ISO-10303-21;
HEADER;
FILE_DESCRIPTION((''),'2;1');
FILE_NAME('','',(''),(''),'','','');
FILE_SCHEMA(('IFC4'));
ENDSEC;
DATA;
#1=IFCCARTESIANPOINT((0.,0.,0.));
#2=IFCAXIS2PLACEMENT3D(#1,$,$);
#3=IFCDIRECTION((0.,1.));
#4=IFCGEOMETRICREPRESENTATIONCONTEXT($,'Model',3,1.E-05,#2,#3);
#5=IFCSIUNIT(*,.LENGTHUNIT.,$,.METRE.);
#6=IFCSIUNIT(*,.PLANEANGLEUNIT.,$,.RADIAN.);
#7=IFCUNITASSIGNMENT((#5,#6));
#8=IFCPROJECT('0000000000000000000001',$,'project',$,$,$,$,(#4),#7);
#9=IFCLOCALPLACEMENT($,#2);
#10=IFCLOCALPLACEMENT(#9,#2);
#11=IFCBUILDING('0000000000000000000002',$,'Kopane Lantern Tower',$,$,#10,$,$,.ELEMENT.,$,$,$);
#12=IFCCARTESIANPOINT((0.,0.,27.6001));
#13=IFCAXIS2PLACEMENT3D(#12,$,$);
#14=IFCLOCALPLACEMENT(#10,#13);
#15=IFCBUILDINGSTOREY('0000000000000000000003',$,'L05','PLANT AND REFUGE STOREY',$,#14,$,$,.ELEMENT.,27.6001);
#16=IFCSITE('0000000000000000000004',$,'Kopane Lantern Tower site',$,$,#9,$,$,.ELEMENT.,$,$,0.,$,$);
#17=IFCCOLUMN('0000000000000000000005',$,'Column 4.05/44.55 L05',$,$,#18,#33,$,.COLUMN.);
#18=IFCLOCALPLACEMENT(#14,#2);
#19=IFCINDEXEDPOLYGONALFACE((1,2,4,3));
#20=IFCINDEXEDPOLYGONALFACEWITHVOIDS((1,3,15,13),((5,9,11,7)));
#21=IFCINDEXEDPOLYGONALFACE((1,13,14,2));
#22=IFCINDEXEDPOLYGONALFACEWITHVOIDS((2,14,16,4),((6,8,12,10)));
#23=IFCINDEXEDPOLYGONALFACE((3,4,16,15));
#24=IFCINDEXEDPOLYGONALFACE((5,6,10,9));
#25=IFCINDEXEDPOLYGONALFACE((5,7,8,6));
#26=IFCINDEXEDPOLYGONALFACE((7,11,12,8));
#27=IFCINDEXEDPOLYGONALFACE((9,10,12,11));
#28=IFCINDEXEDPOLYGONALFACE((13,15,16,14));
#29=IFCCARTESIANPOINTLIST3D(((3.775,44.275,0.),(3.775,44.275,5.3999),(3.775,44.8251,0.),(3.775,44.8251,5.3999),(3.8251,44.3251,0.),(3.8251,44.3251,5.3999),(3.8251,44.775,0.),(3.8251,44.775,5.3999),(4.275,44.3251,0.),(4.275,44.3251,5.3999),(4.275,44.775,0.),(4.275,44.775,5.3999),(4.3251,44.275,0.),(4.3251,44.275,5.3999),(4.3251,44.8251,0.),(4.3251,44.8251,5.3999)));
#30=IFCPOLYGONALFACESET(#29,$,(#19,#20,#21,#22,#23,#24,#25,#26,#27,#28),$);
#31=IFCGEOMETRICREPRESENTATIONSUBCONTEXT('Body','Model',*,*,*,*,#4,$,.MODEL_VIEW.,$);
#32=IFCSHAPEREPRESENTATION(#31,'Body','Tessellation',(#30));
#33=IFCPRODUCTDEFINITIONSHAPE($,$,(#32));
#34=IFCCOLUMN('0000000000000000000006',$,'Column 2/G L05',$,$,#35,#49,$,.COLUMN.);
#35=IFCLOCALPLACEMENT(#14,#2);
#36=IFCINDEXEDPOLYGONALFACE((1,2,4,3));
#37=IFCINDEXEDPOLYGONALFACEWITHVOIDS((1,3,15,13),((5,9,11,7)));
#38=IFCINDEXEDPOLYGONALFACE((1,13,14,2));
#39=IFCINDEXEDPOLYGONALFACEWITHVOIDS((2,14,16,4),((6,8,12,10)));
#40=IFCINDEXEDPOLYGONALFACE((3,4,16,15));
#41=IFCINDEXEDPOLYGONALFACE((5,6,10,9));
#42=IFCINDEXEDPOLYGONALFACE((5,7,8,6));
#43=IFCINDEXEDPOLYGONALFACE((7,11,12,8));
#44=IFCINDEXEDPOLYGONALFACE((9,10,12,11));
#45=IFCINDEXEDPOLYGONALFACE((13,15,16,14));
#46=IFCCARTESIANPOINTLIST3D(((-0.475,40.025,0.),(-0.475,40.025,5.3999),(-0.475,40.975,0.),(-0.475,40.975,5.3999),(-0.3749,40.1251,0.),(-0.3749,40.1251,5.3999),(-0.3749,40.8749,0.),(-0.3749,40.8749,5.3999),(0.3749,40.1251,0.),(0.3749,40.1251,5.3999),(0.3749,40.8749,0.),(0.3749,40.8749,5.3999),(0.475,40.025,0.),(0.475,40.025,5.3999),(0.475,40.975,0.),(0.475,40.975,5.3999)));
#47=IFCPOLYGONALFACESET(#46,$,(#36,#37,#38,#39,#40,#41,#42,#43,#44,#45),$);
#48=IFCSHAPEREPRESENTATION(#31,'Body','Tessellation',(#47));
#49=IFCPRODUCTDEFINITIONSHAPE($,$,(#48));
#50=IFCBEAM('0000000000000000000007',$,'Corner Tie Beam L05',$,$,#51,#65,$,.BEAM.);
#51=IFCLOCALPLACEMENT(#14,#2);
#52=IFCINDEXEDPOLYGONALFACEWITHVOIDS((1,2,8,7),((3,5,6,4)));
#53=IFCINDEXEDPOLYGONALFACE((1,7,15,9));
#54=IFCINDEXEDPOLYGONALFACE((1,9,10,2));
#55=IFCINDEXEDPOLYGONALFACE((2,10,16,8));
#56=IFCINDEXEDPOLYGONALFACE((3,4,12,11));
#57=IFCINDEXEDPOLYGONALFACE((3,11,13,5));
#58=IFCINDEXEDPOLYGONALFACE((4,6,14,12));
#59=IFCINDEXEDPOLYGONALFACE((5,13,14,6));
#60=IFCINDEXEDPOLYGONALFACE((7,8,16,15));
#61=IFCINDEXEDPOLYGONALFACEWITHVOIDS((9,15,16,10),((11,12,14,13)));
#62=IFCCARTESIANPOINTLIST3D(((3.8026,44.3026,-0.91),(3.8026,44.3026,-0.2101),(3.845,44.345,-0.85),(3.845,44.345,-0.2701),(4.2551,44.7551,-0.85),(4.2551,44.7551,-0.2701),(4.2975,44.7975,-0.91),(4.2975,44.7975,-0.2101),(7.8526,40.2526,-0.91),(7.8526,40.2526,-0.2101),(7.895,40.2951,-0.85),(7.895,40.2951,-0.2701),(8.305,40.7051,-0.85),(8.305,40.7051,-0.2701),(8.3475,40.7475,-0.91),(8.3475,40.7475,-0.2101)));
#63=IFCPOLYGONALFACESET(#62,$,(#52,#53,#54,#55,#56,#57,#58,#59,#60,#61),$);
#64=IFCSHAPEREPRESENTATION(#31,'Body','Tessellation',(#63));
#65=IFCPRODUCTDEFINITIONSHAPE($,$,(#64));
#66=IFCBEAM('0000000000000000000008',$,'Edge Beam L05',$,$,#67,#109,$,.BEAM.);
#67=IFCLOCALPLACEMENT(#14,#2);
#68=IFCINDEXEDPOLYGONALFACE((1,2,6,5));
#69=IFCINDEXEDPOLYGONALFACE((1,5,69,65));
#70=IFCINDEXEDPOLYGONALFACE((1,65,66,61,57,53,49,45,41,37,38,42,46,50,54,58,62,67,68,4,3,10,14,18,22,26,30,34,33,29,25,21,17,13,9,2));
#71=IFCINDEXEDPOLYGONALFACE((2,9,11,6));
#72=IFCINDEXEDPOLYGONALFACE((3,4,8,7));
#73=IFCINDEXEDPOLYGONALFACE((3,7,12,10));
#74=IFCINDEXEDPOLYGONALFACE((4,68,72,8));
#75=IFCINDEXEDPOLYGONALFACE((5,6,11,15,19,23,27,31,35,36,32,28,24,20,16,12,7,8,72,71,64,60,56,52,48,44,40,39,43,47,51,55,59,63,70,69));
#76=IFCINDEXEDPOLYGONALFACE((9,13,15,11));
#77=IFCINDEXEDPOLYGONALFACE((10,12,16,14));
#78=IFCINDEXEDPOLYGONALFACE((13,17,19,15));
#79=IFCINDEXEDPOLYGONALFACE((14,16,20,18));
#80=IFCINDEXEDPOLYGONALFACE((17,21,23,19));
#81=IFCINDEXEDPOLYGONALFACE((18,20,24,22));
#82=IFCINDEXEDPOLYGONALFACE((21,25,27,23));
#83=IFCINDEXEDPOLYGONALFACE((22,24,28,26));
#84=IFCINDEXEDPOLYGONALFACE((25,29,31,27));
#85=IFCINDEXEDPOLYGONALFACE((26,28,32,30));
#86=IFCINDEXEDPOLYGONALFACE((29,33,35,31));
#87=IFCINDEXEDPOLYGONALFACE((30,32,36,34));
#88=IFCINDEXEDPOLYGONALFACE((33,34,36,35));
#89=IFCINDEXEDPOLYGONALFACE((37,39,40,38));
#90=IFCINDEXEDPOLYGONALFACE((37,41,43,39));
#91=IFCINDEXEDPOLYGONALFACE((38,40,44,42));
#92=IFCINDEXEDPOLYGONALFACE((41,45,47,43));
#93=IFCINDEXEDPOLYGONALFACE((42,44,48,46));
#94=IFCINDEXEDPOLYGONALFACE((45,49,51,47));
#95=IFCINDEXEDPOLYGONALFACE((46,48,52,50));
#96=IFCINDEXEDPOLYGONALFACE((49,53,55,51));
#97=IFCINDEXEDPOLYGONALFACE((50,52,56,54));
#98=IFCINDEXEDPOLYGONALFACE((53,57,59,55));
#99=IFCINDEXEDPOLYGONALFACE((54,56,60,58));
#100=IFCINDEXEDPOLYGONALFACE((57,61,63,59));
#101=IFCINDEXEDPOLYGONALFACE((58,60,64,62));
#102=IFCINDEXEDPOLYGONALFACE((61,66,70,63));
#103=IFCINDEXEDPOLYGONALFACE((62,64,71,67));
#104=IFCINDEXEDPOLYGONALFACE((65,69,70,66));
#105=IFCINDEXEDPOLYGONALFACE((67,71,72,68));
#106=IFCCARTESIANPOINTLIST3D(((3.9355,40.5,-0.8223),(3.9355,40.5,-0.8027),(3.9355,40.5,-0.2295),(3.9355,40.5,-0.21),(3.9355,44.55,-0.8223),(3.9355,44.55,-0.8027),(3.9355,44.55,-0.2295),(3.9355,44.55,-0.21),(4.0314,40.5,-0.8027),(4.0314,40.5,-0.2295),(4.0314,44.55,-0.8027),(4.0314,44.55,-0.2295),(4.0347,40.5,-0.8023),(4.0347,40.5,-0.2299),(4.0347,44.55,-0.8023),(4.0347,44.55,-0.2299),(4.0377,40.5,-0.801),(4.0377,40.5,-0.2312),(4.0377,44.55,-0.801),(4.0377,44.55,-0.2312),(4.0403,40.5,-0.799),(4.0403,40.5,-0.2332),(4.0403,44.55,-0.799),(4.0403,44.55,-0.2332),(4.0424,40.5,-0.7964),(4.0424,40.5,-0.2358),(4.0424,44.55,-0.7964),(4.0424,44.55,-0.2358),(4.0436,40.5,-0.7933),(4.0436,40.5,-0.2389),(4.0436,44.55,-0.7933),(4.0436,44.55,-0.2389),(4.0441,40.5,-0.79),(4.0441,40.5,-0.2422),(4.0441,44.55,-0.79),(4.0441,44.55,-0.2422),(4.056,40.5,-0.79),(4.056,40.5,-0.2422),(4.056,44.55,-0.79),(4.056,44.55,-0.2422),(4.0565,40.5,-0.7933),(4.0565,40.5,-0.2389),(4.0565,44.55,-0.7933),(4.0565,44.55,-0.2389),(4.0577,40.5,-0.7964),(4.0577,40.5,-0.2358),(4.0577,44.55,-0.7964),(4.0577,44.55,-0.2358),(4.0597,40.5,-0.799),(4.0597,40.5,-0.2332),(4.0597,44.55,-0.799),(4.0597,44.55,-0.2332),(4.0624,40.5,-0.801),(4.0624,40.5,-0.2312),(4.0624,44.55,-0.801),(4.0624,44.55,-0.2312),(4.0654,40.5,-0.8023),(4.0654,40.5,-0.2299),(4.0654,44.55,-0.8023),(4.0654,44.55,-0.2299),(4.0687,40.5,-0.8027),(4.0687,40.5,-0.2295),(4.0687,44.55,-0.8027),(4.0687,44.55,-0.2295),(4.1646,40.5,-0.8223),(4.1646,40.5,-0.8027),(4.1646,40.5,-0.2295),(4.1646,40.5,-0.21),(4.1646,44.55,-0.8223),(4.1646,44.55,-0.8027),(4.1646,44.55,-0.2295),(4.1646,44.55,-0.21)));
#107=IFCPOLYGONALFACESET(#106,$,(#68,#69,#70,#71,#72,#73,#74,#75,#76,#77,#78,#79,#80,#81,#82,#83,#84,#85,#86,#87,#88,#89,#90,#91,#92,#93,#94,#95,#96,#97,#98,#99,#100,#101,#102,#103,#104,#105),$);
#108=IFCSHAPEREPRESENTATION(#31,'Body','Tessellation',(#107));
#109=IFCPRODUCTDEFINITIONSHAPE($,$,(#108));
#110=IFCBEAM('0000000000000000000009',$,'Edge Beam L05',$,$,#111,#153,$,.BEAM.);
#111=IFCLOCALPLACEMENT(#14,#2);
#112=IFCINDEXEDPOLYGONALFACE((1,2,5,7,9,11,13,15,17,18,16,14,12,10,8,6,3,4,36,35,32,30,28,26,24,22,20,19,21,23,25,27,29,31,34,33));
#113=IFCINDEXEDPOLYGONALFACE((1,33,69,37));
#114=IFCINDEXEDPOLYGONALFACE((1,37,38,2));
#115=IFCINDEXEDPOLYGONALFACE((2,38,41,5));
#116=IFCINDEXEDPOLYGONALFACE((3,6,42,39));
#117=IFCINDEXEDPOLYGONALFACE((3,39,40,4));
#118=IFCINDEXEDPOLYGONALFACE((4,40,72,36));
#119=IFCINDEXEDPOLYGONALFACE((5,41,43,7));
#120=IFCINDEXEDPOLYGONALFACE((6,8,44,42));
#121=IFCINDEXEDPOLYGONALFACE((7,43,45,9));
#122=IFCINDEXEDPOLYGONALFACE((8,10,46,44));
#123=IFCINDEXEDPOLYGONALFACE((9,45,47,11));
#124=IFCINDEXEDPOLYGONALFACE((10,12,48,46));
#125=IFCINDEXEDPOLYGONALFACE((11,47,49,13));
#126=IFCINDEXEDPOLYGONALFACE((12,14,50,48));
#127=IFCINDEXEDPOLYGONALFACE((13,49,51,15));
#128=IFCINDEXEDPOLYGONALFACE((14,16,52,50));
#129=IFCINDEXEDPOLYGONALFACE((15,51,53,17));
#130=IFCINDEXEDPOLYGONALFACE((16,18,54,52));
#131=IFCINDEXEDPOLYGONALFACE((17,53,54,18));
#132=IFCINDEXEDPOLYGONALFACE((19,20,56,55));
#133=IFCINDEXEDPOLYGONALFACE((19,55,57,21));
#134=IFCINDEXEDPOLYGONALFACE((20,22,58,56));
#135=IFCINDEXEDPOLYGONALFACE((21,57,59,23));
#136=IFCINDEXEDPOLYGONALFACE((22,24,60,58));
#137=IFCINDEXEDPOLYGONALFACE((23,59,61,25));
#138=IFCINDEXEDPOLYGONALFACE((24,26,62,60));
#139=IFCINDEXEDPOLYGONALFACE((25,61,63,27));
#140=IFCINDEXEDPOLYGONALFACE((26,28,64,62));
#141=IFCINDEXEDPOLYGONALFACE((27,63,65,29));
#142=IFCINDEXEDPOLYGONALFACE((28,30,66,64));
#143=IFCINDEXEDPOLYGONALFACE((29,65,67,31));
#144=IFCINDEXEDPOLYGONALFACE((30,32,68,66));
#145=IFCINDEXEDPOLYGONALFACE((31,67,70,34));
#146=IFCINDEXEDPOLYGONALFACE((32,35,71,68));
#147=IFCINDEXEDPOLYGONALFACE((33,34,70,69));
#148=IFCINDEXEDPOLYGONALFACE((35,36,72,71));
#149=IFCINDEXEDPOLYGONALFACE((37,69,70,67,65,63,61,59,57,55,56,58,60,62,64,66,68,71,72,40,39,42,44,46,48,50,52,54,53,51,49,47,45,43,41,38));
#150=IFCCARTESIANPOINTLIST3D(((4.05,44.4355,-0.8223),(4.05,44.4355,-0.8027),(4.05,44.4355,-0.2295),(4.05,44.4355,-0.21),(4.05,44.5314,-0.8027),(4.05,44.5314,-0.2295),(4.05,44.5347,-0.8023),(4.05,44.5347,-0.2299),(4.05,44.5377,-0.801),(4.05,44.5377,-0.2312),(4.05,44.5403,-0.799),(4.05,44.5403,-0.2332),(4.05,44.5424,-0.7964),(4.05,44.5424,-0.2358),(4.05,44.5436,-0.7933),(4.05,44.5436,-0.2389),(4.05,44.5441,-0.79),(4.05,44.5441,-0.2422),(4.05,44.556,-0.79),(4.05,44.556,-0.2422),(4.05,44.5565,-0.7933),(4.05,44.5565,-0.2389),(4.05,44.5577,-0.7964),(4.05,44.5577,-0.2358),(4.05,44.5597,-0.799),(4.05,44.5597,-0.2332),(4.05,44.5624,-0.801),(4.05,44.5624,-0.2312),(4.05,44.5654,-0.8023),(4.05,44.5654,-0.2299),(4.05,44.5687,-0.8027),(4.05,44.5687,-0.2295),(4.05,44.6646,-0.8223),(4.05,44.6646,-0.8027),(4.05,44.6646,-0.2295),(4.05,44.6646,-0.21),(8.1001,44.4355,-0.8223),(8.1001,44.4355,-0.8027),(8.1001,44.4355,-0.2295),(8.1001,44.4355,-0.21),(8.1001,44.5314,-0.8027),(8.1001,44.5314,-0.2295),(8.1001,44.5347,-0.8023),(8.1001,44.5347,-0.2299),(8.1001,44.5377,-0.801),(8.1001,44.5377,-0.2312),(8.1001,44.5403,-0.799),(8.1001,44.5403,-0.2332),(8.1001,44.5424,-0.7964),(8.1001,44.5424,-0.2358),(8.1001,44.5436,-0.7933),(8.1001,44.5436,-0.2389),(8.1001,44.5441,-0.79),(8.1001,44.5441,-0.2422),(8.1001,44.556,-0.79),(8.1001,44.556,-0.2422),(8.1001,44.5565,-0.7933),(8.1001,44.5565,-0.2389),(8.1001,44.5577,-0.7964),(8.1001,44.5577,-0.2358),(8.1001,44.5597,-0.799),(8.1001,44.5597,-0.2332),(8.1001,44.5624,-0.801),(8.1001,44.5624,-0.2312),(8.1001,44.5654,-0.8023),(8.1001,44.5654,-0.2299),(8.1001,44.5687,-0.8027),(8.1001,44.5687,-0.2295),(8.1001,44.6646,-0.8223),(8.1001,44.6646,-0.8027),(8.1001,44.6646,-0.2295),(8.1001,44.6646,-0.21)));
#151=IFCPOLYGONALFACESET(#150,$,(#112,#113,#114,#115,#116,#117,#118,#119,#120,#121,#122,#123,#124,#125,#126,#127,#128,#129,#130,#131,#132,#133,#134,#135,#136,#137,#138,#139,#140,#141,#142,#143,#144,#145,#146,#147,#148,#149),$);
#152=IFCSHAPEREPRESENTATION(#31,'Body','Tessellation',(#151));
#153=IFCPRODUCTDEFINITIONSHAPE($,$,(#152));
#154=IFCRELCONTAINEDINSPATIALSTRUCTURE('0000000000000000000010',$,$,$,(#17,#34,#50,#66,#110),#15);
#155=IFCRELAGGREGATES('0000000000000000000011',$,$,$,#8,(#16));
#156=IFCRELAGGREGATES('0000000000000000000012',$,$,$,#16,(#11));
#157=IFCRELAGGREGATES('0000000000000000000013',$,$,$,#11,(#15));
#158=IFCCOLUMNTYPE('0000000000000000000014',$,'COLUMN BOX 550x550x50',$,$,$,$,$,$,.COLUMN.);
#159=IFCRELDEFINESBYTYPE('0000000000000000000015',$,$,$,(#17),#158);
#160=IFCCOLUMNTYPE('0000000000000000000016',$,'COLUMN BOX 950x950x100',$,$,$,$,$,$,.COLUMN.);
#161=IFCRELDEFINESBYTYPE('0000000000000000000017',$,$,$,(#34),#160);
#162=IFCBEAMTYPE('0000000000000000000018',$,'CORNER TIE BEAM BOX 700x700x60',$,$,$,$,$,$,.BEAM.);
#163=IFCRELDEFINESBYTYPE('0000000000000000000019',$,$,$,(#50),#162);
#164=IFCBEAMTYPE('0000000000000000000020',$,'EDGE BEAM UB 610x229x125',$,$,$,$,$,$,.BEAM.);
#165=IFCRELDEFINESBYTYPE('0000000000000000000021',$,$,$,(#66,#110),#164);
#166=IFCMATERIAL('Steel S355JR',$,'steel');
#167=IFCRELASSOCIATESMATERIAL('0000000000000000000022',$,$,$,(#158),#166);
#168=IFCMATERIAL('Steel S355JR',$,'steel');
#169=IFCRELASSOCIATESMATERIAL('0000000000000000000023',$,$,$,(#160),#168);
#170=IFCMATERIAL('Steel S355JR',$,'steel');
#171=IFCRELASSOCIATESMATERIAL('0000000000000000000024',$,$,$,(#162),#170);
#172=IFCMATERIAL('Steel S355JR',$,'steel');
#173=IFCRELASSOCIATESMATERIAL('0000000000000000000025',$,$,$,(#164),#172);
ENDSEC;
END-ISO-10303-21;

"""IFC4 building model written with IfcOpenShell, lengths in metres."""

from ifc_helpers import new_model, si_unit, direction, frame, origin, origin_2d, place, context, subcontext, project, spatial, hollow_rectangle, i_section, extrude, material, material_profile, profile_set, type_object, element, save


model = new_model("IFC4")

# Units and contexts
model_context = context("Model", 3, precision=1e-05, world=origin(), true_north=direction((0.0, 1.0)))
body_context = subcontext(model_context, "Body", "Model", "MODEL_VIEW")
ifc_project = project(units=[si_unit("LENGTHUNIT", "METRE"), si_unit("PLANEANGLEUNIT", "RADIAN")], contexts=[model_context])

# Site, building, storey
site_placement = place(None, origin())
site = spatial("IfcSite", under=ifc_project, at=site_placement, Name="Kopane Lantern Tower site", CompositionType="ELEMENT", RefElevation=0.0)
building_placement = place(site_placement, origin())
building = spatial("IfcBuilding", under=site, at=building_placement, Name="Kopane Lantern Tower", CompositionType="ELEMENT")
storey_placement = place(building_placement, frame((0.0, 0.0, 27.6001)))
storey = spatial("IfcBuildingStorey", under=building, at=storey_placement, Name="L05", Description="PLANT AND REFUGE STOREY", CompositionType="ELEMENT", Elevation=27.6001)

# Columns
ifc_material_1 = material(Name="Steel S355JR", Category="steel")
ifc_material_profile_1 = material_profile(ifc_material_1, hollow_rectangle(XDim=0.55, YDim=0.55, WallThickness=0.05, at=origin_2d()), Name="BOX 550x550x50")
ifc_profile_set_1 = profile_set([ifc_material_profile_1], Name="Steel S355JR")
column_type_1 = type_object("IfcColumnType", Name="COLUMN BOX 550x550x50", PredefinedType="COLUMN", material=ifc_profile_set_1)
column_1_placement = place(storey_placement, frame((4.05, 44.55, 0.0), z_axis=(0.0, 0.0, 1.0), x_axis=(1.0, 0.0, 0.0)))
element("IfcColumn", 1, at=column_1_placement, inside=storey, type_object=column_type_1, Name="Column 4.05/44.55 L05", PredefinedType="COLUMN", context=body_context, shape_type="SweptSolid", body=[
    extrude(hollow_rectangle(XDim=0.55, YDim=0.55, WallThickness=0.05, at=origin_2d()), origin(), (0.0, 0.0, 1.0), 5.3999),
])
ifc_material_2 = material(Name="Steel S355JR", Category="steel")
ifc_material_profile_2 = material_profile(ifc_material_2, hollow_rectangle(XDim=0.95, YDim=0.95, WallThickness=0.1001, at=origin_2d()), Name="BOX 950x950x100")
ifc_profile_set_2 = profile_set([ifc_material_profile_2], Name="Steel S355JR")
column_type_2 = type_object("IfcColumnType", Name="COLUMN BOX 950x950x100", PredefinedType="COLUMN", material=ifc_profile_set_2)
column_2_placement = place(storey_placement, frame((0.0, 40.5, 0.0), z_axis=(0.0, 0.0, 1.0), x_axis=(1.0, 0.0, 0.0)))
element("IfcColumn", 2, at=column_2_placement, inside=storey, type_object=column_type_2, Name="Column 2/G L05", PredefinedType="COLUMN", context=body_context, shape_type="SweptSolid", body=[
    extrude(hollow_rectangle(XDim=0.95, YDim=0.95, WallThickness=0.1001, at=origin_2d()), origin(), (0.0, 0.0, 1.0), 5.3999),
])

# Beams
ifc_material_3 = material(Name="Steel S355JR", Category="steel")
ifc_material_profile_3 = material_profile(ifc_material_3, hollow_rectangle(XDim=0.7, YDim=0.7, WallThickness=0.0601, at=origin_2d()), Name="BOX 700x700x60")
ifc_profile_set_3 = profile_set([ifc_material_profile_3], Name="Steel S355JR")
beam_type_1 = type_object("IfcBeamType", Name="CORNER TIE BEAM BOX 700x700x60", PredefinedType="BEAM", material=ifc_profile_set_3)
beam_1_placement = place(storey_placement, frame((4.05, 44.55, -0.5601), z_axis=(0.707107, -0.707107, 0.0), x_axis=(0.707107, 0.707107, 0.0)))
element("IfcBeam", 3, at=beam_1_placement, inside=storey, type_object=beam_type_1, Name="Corner Tie Beam L05", PredefinedType="BEAM", context=body_context, shape_type="SweptSolid", body=[
    extrude(hollow_rectangle(XDim=0.7, YDim=0.7, WallThickness=0.0601, at=origin_2d()), origin(), (0.0, 0.0, 1.0), 5.7275),
])
ifc_material_4 = material(Name="Steel S355JR", Category="steel")
ifc_material_profile_4 = material_profile(ifc_material_4, i_section(OverallWidth=0.229, OverallDepth=0.6123, WebThickness=0.012, FlangeThickness=0.0195, FilletRadius=0.0127, at=origin_2d()), Name="UB 610x229x125")
ifc_profile_set_4 = profile_set([ifc_material_profile_4], Name="Steel S355JR")
beam_type_2 = type_object("IfcBeamType", Name="EDGE BEAM UB 610x229x125", PredefinedType="BEAM", material=ifc_profile_set_4)
for number, where, z_axis, x_axis, name in (
    (4, (4.05, 44.55, -0.5161), (0.0, -1.0, 0.0), (1.0, 0.0, 0.0), "Edge Beam L05"),
    (5, (4.05, 44.55, -0.5161), (1.0, 0.0, 0.0), (0.0, 1.0, 0.0), "Edge Beam L05"),
):
    element("IfcBeam", number, at=place(storey_placement, frame(where, z_axis=z_axis, x_axis=x_axis)), inside=storey, type_object=beam_type_2, Name=name, PredefinedType="BEAM", context=body_context, shape_type="SweptSolid", body=[
        extrude(i_section(OverallWidth=0.229, OverallDepth=0.6123, WebThickness=0.012, FlangeThickness=0.0195, FilletRadius=0.0127, at=origin_2d()), origin(), (0.0, 0.0, 1.0), 4.05),
    ])

save(model, "model.ifc")
